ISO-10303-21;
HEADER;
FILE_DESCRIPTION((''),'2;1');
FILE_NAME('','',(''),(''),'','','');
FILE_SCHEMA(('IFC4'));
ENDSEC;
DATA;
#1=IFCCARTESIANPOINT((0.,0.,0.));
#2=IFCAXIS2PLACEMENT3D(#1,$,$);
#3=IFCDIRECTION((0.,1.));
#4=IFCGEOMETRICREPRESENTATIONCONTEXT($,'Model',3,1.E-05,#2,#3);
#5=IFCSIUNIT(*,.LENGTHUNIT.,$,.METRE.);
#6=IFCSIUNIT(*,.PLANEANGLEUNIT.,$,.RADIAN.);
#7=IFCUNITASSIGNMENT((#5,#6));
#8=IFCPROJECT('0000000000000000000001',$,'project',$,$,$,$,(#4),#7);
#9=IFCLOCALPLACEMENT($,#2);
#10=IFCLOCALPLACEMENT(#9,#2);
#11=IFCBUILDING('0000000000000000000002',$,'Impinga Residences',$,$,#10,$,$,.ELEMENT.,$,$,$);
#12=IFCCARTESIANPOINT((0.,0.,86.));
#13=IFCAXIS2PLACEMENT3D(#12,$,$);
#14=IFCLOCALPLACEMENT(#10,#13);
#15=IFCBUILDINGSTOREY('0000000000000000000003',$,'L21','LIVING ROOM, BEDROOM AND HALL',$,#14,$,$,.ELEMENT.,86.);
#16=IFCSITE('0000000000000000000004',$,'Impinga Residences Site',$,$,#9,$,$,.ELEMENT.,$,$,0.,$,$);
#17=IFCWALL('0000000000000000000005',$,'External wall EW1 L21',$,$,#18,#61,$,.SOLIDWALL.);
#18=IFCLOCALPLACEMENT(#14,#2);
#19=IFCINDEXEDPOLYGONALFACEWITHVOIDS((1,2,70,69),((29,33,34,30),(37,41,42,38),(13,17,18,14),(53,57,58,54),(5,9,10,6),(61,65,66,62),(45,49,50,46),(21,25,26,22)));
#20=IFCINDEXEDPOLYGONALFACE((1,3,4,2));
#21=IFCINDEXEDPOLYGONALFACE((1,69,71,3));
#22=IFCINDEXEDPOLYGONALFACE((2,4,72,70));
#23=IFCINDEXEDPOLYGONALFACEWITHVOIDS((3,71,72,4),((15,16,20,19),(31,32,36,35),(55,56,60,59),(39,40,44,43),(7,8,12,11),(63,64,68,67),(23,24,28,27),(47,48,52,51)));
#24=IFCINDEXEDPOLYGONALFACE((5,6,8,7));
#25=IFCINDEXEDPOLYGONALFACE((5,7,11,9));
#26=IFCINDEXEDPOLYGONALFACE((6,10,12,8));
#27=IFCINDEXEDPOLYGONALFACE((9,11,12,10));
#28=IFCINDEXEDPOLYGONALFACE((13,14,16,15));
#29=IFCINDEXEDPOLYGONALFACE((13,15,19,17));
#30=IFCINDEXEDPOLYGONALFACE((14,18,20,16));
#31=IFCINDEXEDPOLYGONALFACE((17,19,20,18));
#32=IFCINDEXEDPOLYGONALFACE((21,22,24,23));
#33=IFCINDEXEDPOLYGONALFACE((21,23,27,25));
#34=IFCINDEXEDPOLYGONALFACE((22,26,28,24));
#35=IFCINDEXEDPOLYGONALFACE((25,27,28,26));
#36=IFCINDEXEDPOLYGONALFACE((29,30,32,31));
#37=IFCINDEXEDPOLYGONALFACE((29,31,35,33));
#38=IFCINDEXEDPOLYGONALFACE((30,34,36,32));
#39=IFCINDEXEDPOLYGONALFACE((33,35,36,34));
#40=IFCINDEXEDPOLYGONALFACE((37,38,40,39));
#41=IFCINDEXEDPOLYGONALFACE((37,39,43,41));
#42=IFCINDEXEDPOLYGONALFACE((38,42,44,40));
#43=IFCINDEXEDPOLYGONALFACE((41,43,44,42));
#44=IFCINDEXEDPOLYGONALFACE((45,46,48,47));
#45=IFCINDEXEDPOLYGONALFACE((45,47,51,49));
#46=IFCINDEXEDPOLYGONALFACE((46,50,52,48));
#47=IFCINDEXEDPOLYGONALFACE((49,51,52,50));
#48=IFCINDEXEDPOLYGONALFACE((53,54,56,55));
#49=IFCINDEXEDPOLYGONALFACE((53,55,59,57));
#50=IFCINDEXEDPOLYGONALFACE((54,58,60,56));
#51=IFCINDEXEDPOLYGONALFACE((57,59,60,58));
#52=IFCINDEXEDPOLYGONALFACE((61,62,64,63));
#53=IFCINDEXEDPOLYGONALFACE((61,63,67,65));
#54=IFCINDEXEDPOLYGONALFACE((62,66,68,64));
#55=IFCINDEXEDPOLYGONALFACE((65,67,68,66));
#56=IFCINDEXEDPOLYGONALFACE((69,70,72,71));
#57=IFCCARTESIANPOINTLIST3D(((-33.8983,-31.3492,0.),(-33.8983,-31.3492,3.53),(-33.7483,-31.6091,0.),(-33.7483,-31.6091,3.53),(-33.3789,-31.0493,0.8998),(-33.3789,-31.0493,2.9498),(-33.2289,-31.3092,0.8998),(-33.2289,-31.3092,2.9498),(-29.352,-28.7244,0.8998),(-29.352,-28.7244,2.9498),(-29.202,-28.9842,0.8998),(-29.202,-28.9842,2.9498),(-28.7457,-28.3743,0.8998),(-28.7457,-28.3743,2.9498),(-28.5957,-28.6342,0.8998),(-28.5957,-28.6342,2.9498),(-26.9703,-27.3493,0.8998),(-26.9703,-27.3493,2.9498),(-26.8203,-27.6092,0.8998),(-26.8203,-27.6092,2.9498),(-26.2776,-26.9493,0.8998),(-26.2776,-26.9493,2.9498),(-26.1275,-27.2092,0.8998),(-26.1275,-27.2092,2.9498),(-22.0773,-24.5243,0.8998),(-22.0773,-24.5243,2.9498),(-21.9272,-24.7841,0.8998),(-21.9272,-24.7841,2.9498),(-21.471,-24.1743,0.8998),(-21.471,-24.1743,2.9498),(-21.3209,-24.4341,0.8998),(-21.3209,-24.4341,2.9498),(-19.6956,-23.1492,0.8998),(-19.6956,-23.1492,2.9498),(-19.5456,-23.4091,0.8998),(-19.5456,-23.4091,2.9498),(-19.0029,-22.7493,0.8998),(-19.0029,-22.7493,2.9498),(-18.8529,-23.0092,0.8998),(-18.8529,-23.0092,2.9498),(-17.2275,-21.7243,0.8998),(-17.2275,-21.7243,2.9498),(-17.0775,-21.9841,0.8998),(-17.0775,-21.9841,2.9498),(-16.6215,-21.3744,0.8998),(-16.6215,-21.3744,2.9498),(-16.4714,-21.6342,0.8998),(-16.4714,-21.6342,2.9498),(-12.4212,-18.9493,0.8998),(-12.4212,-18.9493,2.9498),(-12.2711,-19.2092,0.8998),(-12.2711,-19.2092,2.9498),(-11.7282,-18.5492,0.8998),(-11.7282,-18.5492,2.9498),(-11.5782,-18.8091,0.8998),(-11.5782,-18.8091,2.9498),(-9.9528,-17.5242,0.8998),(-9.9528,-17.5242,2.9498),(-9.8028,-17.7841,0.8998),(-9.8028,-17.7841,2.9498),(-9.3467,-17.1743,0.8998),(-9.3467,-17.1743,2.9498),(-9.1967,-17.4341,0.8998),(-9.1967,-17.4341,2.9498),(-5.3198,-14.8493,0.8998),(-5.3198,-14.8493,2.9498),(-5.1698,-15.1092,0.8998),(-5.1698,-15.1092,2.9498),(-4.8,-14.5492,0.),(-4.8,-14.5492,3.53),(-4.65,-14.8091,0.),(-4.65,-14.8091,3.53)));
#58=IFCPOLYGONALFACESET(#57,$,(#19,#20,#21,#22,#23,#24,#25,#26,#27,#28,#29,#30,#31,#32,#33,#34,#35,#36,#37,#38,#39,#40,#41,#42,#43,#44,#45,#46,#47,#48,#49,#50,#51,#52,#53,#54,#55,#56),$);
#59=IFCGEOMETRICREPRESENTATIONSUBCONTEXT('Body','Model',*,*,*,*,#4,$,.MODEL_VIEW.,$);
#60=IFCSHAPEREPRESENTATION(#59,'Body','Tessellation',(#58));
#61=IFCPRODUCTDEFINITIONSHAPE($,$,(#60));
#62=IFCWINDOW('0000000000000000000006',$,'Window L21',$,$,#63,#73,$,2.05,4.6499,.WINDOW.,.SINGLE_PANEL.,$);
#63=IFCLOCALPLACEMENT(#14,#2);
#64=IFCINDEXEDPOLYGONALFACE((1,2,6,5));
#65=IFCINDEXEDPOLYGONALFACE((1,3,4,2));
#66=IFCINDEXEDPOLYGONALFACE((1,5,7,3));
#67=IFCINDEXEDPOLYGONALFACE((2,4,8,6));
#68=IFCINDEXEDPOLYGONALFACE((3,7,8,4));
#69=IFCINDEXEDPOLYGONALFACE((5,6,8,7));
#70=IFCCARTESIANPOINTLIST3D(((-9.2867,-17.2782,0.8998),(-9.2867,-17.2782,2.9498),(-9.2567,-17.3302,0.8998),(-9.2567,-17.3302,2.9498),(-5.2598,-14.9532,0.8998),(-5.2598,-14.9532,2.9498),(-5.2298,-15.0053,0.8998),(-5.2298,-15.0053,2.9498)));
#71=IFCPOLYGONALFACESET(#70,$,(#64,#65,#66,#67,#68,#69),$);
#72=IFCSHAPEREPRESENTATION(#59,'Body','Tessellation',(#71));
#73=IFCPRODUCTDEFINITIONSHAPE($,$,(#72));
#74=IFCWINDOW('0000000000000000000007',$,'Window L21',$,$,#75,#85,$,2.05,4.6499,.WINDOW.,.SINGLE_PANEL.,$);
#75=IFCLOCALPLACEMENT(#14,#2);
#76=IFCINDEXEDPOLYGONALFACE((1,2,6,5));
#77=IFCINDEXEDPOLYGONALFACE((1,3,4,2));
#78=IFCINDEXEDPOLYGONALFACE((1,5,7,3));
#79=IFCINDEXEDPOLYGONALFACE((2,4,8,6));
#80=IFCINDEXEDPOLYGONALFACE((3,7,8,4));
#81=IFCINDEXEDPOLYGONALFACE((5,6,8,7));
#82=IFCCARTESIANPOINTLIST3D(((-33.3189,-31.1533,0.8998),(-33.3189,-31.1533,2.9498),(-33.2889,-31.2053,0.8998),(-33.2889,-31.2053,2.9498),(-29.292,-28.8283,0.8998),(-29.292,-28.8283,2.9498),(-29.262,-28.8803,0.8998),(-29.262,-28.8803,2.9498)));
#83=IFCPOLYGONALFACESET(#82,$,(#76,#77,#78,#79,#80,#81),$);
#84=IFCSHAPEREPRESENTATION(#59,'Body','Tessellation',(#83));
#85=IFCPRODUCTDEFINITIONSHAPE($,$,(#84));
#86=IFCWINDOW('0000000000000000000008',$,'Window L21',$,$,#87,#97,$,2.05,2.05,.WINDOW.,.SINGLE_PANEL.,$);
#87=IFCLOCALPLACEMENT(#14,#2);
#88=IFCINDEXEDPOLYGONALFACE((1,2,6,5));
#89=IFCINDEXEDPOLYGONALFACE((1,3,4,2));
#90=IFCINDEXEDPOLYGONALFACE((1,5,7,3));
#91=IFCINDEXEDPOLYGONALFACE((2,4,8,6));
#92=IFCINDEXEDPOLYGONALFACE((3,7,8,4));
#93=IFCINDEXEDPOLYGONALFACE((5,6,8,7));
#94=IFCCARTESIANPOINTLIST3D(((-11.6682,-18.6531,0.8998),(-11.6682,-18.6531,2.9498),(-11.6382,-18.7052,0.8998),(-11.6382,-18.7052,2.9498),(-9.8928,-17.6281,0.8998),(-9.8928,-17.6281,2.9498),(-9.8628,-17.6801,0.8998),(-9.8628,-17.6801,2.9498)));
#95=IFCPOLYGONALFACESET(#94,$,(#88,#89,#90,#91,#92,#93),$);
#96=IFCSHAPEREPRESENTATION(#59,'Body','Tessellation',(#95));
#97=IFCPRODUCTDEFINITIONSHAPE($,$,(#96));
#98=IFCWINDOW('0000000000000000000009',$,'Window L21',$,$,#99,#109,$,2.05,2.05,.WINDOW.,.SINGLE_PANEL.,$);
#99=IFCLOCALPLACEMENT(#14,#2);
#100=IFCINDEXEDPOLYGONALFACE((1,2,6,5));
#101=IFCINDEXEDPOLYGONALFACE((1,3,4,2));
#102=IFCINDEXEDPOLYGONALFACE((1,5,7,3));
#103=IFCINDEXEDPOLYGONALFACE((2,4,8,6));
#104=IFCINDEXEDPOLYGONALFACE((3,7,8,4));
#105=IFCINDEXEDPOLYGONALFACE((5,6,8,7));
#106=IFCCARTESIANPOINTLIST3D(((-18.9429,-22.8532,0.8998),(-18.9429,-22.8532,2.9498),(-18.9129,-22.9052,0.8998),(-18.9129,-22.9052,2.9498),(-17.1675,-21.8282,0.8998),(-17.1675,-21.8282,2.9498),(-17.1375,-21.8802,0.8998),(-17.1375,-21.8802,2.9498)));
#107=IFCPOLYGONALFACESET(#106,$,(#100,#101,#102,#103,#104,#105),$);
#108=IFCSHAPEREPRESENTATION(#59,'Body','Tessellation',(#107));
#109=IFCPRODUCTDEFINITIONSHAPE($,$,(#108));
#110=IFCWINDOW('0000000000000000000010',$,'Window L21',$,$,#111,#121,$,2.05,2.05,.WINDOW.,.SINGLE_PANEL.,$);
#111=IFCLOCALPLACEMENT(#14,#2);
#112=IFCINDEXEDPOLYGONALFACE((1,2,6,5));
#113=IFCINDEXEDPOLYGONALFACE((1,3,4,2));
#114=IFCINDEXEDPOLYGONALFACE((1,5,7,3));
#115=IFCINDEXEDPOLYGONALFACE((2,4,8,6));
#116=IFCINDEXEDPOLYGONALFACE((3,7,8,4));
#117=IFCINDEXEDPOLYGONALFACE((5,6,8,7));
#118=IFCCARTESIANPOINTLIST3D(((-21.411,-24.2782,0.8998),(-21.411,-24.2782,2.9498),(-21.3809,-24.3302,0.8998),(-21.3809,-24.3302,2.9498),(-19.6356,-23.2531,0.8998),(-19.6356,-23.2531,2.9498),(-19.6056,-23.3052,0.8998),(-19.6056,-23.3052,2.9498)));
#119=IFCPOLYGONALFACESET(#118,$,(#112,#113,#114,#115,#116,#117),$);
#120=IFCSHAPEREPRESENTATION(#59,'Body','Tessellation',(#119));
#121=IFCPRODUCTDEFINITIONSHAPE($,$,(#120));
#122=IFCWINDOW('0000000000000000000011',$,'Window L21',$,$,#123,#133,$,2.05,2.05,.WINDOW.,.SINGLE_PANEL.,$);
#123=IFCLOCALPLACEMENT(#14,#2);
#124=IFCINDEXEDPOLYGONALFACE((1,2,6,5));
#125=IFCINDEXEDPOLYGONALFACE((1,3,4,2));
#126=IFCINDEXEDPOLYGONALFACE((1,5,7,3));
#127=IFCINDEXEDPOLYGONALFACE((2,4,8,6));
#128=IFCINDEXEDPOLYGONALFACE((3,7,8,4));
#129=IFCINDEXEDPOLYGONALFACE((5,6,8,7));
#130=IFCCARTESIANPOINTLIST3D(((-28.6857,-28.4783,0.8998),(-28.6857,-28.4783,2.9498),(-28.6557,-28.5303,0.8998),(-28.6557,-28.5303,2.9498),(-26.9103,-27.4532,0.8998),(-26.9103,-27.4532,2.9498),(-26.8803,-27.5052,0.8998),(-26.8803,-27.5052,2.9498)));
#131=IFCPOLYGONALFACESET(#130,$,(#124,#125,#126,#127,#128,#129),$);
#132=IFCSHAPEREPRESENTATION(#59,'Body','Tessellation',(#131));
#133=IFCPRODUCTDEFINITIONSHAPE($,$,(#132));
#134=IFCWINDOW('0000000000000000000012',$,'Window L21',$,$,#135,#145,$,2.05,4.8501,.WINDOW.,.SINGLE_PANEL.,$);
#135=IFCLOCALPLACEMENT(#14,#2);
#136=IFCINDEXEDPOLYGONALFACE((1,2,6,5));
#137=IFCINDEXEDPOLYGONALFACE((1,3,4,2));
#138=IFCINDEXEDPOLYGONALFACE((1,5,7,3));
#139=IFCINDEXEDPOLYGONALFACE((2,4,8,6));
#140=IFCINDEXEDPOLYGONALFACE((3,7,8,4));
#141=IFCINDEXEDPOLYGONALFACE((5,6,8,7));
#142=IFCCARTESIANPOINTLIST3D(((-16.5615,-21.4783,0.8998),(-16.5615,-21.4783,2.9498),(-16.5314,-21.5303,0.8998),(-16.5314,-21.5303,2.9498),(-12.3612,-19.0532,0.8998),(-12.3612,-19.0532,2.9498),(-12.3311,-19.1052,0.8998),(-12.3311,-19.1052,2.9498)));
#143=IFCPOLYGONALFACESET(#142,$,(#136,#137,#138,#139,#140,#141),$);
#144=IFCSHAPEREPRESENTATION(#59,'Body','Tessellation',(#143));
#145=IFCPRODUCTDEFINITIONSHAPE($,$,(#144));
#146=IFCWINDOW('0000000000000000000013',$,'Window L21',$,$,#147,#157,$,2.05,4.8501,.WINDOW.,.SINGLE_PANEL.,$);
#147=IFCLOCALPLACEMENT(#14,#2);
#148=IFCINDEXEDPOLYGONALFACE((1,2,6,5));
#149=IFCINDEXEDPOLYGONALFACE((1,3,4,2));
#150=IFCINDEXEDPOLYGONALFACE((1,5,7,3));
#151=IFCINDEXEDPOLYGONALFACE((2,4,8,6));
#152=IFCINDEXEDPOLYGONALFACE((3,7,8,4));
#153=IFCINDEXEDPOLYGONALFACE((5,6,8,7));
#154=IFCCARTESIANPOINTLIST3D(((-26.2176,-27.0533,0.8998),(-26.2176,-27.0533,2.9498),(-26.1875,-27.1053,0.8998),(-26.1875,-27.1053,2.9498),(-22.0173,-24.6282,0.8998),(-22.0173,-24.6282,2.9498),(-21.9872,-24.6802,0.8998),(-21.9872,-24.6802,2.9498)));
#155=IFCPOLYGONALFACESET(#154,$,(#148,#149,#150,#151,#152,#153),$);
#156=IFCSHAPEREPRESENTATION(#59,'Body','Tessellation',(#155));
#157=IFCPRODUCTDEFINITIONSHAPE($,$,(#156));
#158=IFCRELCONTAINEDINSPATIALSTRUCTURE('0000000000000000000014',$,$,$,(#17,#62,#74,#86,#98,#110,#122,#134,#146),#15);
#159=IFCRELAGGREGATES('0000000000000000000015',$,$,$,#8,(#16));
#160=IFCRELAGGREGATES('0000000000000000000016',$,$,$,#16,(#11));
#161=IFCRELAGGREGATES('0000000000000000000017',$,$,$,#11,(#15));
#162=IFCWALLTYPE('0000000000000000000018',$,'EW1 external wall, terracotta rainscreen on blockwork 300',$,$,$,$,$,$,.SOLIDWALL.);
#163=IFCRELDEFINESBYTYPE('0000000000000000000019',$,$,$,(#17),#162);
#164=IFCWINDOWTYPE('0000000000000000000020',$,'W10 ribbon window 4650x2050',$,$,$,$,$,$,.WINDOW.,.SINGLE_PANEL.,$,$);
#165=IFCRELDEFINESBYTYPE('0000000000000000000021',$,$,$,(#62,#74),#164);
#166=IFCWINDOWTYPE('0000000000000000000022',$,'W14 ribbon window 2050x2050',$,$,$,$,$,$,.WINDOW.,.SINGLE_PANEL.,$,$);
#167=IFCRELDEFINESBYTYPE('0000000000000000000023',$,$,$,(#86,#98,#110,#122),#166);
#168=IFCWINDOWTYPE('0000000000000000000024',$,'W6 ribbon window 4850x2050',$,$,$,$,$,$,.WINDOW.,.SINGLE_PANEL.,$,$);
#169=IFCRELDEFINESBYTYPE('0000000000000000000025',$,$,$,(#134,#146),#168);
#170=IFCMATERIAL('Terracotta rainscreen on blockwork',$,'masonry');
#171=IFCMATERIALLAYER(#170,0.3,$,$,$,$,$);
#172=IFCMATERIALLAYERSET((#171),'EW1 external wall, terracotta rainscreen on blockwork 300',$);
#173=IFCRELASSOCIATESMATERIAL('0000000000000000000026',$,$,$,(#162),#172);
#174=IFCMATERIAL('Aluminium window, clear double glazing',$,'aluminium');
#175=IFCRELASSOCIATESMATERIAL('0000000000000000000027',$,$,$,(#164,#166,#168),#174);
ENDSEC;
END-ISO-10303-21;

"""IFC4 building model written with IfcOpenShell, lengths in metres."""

from ifc_helpers import new_model, si_unit, direction, frame, frame_2d, origin, place, context, subcontext, project, spatial, rectangle, extrude, material, layer, layer_set, type_object, element, fill, save


model = new_model("IFC4")

# Units and contexts
model_context = context("Model", 3, precision=1e-05, world=origin(), true_north=direction((0.0, 1.0)))
body_context = subcontext(model_context, "Body", "Model", "MODEL_VIEW")
ifc_project = project(units=[si_unit("LENGTHUNIT", "METRE"), si_unit("PLANEANGLEUNIT", "RADIAN")], contexts=[model_context])

# Site, building, storey
site_placement = place(None, origin())
site = spatial("IfcSite", under=ifc_project, at=site_placement, Name="Impinga Residences Site", CompositionType="ELEMENT", RefElevation=0.0)
building_placement = place(site_placement, origin())
building = spatial("IfcBuilding", under=site, at=building_placement, Name="Impinga Residences", CompositionType="ELEMENT")
storey_placement = place(building_placement, frame((0.0, 0.0, 86.0)))
storey = spatial("IfcBuildingStorey", under=building, at=storey_placement, Name="L21", Description="LIVING ROOM, BEDROOM AND HALL", CompositionType="ELEMENT", Elevation=86.0)

# Shared definitions
ifc_material_1 = material(Name="Terracotta rainscreen on blockwork", Category="masonry")
ifc_layer_1 = layer(ifc_material_1, 0.3)
ifc_layer_set_1 = layer_set([ifc_layer_1], Name="EW1 external wall, terracotta rainscreen on blockwork 300")
wall_type_1 = type_object("IfcWallType", Name="EW1 external wall, terracotta rainscreen on blockwork 300", PredefinedType="SOLIDWALL", material=ifc_layer_set_1)

# Wall, openings, windows
wall_1_placement = place(storey_placement, frame((-4.7251, -14.6792, 0.0), z_axis=(0.0, 0.0, 1.0), x_axis=(-0.866024, -0.500002, 0.0)))
wall_1 = element("IfcWall", 1, at=wall_1_placement, inside=storey, type_object=wall_type_1, Name="External wall EW1 L21", PredefinedType="SOLIDWALL", context=body_context, shape_type="SweptSolid", body=[
    extrude(rectangle(XDim=33.5999, YDim=0.3, at=frame_2d((16.7998, 0.0))), origin(), (0.0, 0.0, 1.0), 3.53),
])
opening_1_placement = place(wall_1_placement, frame((0.6001, 0.0, 0.8999)))
opening_1 = element("IfcOpeningElement", 2, at=opening_1_placement, cuts=wall_1, PredefinedType="OPENING", context=body_context, shape_type="SweptSolid", body=[
    extrude(rectangle(XDim=4.6499, YDim=2.05, at=frame_2d((2.325, 1.0249))), frame((0.0, 0.1599, 0.0), z_axis=(0.0, -1.0, 0.0), x_axis=(1.0, 0.0, 0.0)), (0.0, 0.0, 1.0), 0.3201),
])
opening_2_placement = place(wall_1_placement, frame((5.95, 0.0, 0.8999)))
opening_2 = element("IfcOpeningElement", 3, at=opening_2_placement, cuts=wall_1, PredefinedType="OPENING", context=body_context, shape_type="SweptSolid", body=[
    extrude(rectangle(XDim=2.05, YDim=2.05, at=frame_2d((1.0249, 1.0249))), frame((0.0, 0.1599, 0.0), z_axis=(0.0, -1.0, 0.0), x_axis=(1.0, 0.0, 0.0)), (0.0, 0.0, 1.0), 0.3201),
])
opening_3_placement = place(wall_1_placement, frame((8.8, 0.0, 0.8999)))
opening_3 = element("IfcOpeningElement", 4, at=opening_3_placement, cuts=wall_1, PredefinedType="OPENING", context=body_context, shape_type="SweptSolid", body=[
    extrude(rectangle(XDim=4.8501, YDim=2.05, at=frame_2d((2.425, 1.0249))), frame((0.0, 0.1599, 0.0), z_axis=(0.0, -1.0, 0.0), x_axis=(1.0, 0.0, 0.0)), (0.0, 0.0, 1.0), 0.3201),
])
opening_4_placement = place(wall_1_placement, frame((14.3501, 0.0, 0.8999)))
opening_4 = element("IfcOpeningElement", 5, at=opening_4_placement, cuts=wall_1, PredefinedType="OPENING", context=body_context, shape_type="SweptSolid", body=[
    extrude(rectangle(XDim=2.05, YDim=2.05, at=frame_2d((1.0249, 1.0249))), frame((0.0, 0.1599, 0.0), z_axis=(0.0, -1.0, 0.0), x_axis=(1.0, 0.0, 0.0)), (0.0, 0.0, 1.0), 0.3201),
])
opening_5_placement = place(wall_1_placement, frame((17.2, 0.0, 0.8999)))
opening_5 = element("IfcOpeningElement", 6, at=opening_5_placement, cuts=wall_1, PredefinedType="OPENING", context=body_context, shape_type="SweptSolid", body=[
    extrude(rectangle(XDim=2.05, YDim=2.05, at=frame_2d((1.0249, 1.0249))), frame((0.0, 0.1599, 0.0), z_axis=(0.0, -1.0, 0.0), x_axis=(1.0, 0.0, 0.0)), (0.0, 0.0, 1.0), 0.3201),
])
opening_6_placement = place(wall_1_placement, frame((19.95, 0.0, 0.8999)))
opening_6 = element("IfcOpeningElement", 7, at=opening_6_placement, cuts=wall_1, PredefinedType="OPENING", context=body_context, shape_type="SweptSolid", body=[
    extrude(rectangle(XDim=4.8501, YDim=2.05, at=frame_2d((2.425, 1.0249))), frame((0.0, 0.1599, 0.0), z_axis=(0.0, -1.0, 0.0), x_axis=(1.0, 0.0, 0.0)), (0.0, 0.0, 1.0), 0.3201),
])
opening_7_placement = place(wall_1_placement, frame((25.6001, 0.0, 0.8999)))
opening_7 = element("IfcOpeningElement", 8, at=opening_7_placement, cuts=wall_1, PredefinedType="OPENING", context=body_context, shape_type="SweptSolid", body=[
    extrude(rectangle(XDim=2.05, YDim=2.05, at=frame_2d((1.0249, 1.0249))), frame((0.0, 0.1599, 0.0), z_axis=(0.0, -1.0, 0.0), x_axis=(1.0, 0.0, 0.0)), (0.0, 0.0, 1.0), 0.3201),
])
opening_8_placement = place(wall_1_placement, frame((28.3501, 0.0, 0.8999)))
opening_8 = element("IfcOpeningElement", 9, at=opening_8_placement, cuts=wall_1, PredefinedType="OPENING", context=body_context, shape_type="SweptSolid", body=[
    extrude(rectangle(XDim=4.6499, YDim=2.05, at=frame_2d((2.325, 1.0249))), frame((0.0, 0.1599, 0.0), z_axis=(0.0, -1.0, 0.0), x_axis=(1.0, 0.0, 0.0)), (0.0, 0.0, 1.0), 0.3201),
])
ifc_material_2 = material(Name="Aluminium window, clear double glazing", Category="aluminium")
window_type_1 = type_object("IfcWindowType", Name="W10 ribbon window 4650x2050", PartitioningType="SINGLE_PANEL", PredefinedType="WINDOW", material=ifc_material_2)
window_1_placement = place(opening_1_placement, origin())
window_1 = element("IfcWindow", 10, at=window_1_placement, inside=storey, type_object=window_type_1, Name="Window L21", OverallHeight=2.05, OverallWidth=4.6499, PartitioningType="SINGLE_PANEL", PredefinedType="WINDOW", context=body_context, shape_type="SweptSolid", body=[
    extrude(rectangle(XDim=4.6499, YDim=2.05, at=frame_2d((2.325, 1.0249))), frame((0.0, 0.03, 0.0), z_axis=(0.0, -1.0, 0.0), x_axis=(1.0, 0.0, 0.0)), (0.0, 0.0, 1.0), 0.0601),
])
fill(opening_1, window_1)
window_2_placement = place(opening_8_placement, origin())
window_2 = element("IfcWindow", 11, at=window_2_placement, inside=storey, type_object=window_type_1, Name="Window L21", OverallHeight=2.05, OverallWidth=4.6499, PartitioningType="SINGLE_PANEL", PredefinedType="WINDOW", context=body_context, shape_type="SweptSolid", body=[
    extrude(rectangle(XDim=4.6499, YDim=2.05, at=frame_2d((2.325, 1.0249))), frame((0.0, 0.03, 0.0), z_axis=(0.0, -1.0, 0.0), x_axis=(1.0, 0.0, 0.0)), (0.0, 0.0, 1.0), 0.0601),
])
fill(opening_8, window_2)
window_type_2 = type_object("IfcWindowType", Name="W14 ribbon window 2050x2050", PartitioningType="SINGLE_PANEL", PredefinedType="WINDOW", material=ifc_material_2)
window_3_placement = place(opening_2_placement, origin())
window_3 = element("IfcWindow", 12, at=window_3_placement, inside=storey, type_object=window_type_2, Name="Window L21", OverallHeight=2.05, OverallWidth=2.05, PartitioningType="SINGLE_PANEL", PredefinedType="WINDOW", context=body_context, shape_type="SweptSolid", body=[
    extrude(rectangle(XDim=2.05, YDim=2.05, at=frame_2d((1.0249, 1.0249))), frame((0.0, 0.03, 0.0), z_axis=(0.0, -1.0, 0.0), x_axis=(1.0, 0.0, 0.0)), (0.0, 0.0, 1.0), 0.0601),
])
fill(opening_2, window_3)
window_4_placement = place(opening_4_placement, origin())
window_4 = element("IfcWindow", 13, at=window_4_placement, inside=storey, type_object=window_type_2, Name="Window L21", OverallHeight=2.05, OverallWidth=2.05, PartitioningType="SINGLE_PANEL", PredefinedType="WINDOW", context=body_context, shape_type="SweptSolid", body=[
    extrude(rectangle(XDim=2.05, YDim=2.05, at=frame_2d((1.0249, 1.0249))), frame((0.0, 0.03, 0.0), z_axis=(0.0, -1.0, 0.0), x_axis=(1.0, 0.0, 0.0)), (0.0, 0.0, 1.0), 0.0601),
])
fill(opening_4, window_4)
window_5_placement = place(opening_5_placement, origin())
window_5 = element("IfcWindow", 14, at=window_5_placement, inside=storey, type_object=window_type_2, Name="Window L21", OverallHeight=2.05, OverallWidth=2.05, PartitioningType="SINGLE_PANEL", PredefinedType="WINDOW", context=body_context, shape_type="SweptSolid", body=[
    extrude(rectangle(XDim=2.05, YDim=2.05, at=frame_2d((1.0249, 1.0249))), frame((0.0, 0.03, 0.0), z_axis=(0.0, -1.0, 0.0), x_axis=(1.0, 0.0, 0.0)), (0.0, 0.0, 1.0), 0.0601),
])
fill(opening_5, window_5)
window_6_placement = place(opening_7_placement, origin())
window_6 = element("IfcWindow", 15, at=window_6_placement, inside=storey, type_object=window_type_2, Name="Window L21", OverallHeight=2.05, OverallWidth=2.05, PartitioningType="SINGLE_PANEL", PredefinedType="WINDOW", context=body_context, shape_type="SweptSolid", body=[
    extrude(rectangle(XDim=2.05, YDim=2.05, at=frame_2d((1.0249, 1.0249))), frame((0.0, 0.03, 0.0), z_axis=(0.0, -1.0, 0.0), x_axis=(1.0, 0.0, 0.0)), (0.0, 0.0, 1.0), 0.0601),
])
fill(opening_7, window_6)
window_type_3 = type_object("IfcWindowType", Name="W6 ribbon window 4850x2050", PartitioningType="SINGLE_PANEL", PredefinedType="WINDOW", material=ifc_material_2)
window_7_placement = place(opening_3_placement, origin())
window_7 = element("IfcWindow", 16, at=window_7_placement, inside=storey, type_object=window_type_3, Name="Window L21", OverallHeight=2.05, OverallWidth=4.8501, PartitioningType="SINGLE_PANEL", PredefinedType="WINDOW", context=body_context, shape_type="SweptSolid", body=[
    extrude(rectangle(XDim=4.8501, YDim=2.05, at=frame_2d((2.425, 1.0249))), frame((0.0, 0.03, 0.0), z_axis=(0.0, -1.0, 0.0), x_axis=(1.0, 0.0, 0.0)), (0.0, 0.0, 1.0), 0.0601),
])
fill(opening_3, window_7)
window_8_placement = place(opening_6_placement, origin())
window_8 = element("IfcWindow", 17, at=window_8_placement, inside=storey, type_object=window_type_3, Name="Window L21", OverallHeight=2.05, OverallWidth=4.8501, PartitioningType="SINGLE_PANEL", PredefinedType="WINDOW", context=body_context, shape_type="SweptSolid", body=[
    extrude(rectangle(XDim=4.8501, YDim=2.05, at=frame_2d((2.425, 1.0249))), frame((0.0, 0.03, 0.0), z_axis=(0.0, -1.0, 0.0), x_axis=(1.0, 0.0, 0.0)), (0.0, 0.0, 1.0), 0.0601),
])
fill(opening_6, window_8)

save(model, "model.ifc")
